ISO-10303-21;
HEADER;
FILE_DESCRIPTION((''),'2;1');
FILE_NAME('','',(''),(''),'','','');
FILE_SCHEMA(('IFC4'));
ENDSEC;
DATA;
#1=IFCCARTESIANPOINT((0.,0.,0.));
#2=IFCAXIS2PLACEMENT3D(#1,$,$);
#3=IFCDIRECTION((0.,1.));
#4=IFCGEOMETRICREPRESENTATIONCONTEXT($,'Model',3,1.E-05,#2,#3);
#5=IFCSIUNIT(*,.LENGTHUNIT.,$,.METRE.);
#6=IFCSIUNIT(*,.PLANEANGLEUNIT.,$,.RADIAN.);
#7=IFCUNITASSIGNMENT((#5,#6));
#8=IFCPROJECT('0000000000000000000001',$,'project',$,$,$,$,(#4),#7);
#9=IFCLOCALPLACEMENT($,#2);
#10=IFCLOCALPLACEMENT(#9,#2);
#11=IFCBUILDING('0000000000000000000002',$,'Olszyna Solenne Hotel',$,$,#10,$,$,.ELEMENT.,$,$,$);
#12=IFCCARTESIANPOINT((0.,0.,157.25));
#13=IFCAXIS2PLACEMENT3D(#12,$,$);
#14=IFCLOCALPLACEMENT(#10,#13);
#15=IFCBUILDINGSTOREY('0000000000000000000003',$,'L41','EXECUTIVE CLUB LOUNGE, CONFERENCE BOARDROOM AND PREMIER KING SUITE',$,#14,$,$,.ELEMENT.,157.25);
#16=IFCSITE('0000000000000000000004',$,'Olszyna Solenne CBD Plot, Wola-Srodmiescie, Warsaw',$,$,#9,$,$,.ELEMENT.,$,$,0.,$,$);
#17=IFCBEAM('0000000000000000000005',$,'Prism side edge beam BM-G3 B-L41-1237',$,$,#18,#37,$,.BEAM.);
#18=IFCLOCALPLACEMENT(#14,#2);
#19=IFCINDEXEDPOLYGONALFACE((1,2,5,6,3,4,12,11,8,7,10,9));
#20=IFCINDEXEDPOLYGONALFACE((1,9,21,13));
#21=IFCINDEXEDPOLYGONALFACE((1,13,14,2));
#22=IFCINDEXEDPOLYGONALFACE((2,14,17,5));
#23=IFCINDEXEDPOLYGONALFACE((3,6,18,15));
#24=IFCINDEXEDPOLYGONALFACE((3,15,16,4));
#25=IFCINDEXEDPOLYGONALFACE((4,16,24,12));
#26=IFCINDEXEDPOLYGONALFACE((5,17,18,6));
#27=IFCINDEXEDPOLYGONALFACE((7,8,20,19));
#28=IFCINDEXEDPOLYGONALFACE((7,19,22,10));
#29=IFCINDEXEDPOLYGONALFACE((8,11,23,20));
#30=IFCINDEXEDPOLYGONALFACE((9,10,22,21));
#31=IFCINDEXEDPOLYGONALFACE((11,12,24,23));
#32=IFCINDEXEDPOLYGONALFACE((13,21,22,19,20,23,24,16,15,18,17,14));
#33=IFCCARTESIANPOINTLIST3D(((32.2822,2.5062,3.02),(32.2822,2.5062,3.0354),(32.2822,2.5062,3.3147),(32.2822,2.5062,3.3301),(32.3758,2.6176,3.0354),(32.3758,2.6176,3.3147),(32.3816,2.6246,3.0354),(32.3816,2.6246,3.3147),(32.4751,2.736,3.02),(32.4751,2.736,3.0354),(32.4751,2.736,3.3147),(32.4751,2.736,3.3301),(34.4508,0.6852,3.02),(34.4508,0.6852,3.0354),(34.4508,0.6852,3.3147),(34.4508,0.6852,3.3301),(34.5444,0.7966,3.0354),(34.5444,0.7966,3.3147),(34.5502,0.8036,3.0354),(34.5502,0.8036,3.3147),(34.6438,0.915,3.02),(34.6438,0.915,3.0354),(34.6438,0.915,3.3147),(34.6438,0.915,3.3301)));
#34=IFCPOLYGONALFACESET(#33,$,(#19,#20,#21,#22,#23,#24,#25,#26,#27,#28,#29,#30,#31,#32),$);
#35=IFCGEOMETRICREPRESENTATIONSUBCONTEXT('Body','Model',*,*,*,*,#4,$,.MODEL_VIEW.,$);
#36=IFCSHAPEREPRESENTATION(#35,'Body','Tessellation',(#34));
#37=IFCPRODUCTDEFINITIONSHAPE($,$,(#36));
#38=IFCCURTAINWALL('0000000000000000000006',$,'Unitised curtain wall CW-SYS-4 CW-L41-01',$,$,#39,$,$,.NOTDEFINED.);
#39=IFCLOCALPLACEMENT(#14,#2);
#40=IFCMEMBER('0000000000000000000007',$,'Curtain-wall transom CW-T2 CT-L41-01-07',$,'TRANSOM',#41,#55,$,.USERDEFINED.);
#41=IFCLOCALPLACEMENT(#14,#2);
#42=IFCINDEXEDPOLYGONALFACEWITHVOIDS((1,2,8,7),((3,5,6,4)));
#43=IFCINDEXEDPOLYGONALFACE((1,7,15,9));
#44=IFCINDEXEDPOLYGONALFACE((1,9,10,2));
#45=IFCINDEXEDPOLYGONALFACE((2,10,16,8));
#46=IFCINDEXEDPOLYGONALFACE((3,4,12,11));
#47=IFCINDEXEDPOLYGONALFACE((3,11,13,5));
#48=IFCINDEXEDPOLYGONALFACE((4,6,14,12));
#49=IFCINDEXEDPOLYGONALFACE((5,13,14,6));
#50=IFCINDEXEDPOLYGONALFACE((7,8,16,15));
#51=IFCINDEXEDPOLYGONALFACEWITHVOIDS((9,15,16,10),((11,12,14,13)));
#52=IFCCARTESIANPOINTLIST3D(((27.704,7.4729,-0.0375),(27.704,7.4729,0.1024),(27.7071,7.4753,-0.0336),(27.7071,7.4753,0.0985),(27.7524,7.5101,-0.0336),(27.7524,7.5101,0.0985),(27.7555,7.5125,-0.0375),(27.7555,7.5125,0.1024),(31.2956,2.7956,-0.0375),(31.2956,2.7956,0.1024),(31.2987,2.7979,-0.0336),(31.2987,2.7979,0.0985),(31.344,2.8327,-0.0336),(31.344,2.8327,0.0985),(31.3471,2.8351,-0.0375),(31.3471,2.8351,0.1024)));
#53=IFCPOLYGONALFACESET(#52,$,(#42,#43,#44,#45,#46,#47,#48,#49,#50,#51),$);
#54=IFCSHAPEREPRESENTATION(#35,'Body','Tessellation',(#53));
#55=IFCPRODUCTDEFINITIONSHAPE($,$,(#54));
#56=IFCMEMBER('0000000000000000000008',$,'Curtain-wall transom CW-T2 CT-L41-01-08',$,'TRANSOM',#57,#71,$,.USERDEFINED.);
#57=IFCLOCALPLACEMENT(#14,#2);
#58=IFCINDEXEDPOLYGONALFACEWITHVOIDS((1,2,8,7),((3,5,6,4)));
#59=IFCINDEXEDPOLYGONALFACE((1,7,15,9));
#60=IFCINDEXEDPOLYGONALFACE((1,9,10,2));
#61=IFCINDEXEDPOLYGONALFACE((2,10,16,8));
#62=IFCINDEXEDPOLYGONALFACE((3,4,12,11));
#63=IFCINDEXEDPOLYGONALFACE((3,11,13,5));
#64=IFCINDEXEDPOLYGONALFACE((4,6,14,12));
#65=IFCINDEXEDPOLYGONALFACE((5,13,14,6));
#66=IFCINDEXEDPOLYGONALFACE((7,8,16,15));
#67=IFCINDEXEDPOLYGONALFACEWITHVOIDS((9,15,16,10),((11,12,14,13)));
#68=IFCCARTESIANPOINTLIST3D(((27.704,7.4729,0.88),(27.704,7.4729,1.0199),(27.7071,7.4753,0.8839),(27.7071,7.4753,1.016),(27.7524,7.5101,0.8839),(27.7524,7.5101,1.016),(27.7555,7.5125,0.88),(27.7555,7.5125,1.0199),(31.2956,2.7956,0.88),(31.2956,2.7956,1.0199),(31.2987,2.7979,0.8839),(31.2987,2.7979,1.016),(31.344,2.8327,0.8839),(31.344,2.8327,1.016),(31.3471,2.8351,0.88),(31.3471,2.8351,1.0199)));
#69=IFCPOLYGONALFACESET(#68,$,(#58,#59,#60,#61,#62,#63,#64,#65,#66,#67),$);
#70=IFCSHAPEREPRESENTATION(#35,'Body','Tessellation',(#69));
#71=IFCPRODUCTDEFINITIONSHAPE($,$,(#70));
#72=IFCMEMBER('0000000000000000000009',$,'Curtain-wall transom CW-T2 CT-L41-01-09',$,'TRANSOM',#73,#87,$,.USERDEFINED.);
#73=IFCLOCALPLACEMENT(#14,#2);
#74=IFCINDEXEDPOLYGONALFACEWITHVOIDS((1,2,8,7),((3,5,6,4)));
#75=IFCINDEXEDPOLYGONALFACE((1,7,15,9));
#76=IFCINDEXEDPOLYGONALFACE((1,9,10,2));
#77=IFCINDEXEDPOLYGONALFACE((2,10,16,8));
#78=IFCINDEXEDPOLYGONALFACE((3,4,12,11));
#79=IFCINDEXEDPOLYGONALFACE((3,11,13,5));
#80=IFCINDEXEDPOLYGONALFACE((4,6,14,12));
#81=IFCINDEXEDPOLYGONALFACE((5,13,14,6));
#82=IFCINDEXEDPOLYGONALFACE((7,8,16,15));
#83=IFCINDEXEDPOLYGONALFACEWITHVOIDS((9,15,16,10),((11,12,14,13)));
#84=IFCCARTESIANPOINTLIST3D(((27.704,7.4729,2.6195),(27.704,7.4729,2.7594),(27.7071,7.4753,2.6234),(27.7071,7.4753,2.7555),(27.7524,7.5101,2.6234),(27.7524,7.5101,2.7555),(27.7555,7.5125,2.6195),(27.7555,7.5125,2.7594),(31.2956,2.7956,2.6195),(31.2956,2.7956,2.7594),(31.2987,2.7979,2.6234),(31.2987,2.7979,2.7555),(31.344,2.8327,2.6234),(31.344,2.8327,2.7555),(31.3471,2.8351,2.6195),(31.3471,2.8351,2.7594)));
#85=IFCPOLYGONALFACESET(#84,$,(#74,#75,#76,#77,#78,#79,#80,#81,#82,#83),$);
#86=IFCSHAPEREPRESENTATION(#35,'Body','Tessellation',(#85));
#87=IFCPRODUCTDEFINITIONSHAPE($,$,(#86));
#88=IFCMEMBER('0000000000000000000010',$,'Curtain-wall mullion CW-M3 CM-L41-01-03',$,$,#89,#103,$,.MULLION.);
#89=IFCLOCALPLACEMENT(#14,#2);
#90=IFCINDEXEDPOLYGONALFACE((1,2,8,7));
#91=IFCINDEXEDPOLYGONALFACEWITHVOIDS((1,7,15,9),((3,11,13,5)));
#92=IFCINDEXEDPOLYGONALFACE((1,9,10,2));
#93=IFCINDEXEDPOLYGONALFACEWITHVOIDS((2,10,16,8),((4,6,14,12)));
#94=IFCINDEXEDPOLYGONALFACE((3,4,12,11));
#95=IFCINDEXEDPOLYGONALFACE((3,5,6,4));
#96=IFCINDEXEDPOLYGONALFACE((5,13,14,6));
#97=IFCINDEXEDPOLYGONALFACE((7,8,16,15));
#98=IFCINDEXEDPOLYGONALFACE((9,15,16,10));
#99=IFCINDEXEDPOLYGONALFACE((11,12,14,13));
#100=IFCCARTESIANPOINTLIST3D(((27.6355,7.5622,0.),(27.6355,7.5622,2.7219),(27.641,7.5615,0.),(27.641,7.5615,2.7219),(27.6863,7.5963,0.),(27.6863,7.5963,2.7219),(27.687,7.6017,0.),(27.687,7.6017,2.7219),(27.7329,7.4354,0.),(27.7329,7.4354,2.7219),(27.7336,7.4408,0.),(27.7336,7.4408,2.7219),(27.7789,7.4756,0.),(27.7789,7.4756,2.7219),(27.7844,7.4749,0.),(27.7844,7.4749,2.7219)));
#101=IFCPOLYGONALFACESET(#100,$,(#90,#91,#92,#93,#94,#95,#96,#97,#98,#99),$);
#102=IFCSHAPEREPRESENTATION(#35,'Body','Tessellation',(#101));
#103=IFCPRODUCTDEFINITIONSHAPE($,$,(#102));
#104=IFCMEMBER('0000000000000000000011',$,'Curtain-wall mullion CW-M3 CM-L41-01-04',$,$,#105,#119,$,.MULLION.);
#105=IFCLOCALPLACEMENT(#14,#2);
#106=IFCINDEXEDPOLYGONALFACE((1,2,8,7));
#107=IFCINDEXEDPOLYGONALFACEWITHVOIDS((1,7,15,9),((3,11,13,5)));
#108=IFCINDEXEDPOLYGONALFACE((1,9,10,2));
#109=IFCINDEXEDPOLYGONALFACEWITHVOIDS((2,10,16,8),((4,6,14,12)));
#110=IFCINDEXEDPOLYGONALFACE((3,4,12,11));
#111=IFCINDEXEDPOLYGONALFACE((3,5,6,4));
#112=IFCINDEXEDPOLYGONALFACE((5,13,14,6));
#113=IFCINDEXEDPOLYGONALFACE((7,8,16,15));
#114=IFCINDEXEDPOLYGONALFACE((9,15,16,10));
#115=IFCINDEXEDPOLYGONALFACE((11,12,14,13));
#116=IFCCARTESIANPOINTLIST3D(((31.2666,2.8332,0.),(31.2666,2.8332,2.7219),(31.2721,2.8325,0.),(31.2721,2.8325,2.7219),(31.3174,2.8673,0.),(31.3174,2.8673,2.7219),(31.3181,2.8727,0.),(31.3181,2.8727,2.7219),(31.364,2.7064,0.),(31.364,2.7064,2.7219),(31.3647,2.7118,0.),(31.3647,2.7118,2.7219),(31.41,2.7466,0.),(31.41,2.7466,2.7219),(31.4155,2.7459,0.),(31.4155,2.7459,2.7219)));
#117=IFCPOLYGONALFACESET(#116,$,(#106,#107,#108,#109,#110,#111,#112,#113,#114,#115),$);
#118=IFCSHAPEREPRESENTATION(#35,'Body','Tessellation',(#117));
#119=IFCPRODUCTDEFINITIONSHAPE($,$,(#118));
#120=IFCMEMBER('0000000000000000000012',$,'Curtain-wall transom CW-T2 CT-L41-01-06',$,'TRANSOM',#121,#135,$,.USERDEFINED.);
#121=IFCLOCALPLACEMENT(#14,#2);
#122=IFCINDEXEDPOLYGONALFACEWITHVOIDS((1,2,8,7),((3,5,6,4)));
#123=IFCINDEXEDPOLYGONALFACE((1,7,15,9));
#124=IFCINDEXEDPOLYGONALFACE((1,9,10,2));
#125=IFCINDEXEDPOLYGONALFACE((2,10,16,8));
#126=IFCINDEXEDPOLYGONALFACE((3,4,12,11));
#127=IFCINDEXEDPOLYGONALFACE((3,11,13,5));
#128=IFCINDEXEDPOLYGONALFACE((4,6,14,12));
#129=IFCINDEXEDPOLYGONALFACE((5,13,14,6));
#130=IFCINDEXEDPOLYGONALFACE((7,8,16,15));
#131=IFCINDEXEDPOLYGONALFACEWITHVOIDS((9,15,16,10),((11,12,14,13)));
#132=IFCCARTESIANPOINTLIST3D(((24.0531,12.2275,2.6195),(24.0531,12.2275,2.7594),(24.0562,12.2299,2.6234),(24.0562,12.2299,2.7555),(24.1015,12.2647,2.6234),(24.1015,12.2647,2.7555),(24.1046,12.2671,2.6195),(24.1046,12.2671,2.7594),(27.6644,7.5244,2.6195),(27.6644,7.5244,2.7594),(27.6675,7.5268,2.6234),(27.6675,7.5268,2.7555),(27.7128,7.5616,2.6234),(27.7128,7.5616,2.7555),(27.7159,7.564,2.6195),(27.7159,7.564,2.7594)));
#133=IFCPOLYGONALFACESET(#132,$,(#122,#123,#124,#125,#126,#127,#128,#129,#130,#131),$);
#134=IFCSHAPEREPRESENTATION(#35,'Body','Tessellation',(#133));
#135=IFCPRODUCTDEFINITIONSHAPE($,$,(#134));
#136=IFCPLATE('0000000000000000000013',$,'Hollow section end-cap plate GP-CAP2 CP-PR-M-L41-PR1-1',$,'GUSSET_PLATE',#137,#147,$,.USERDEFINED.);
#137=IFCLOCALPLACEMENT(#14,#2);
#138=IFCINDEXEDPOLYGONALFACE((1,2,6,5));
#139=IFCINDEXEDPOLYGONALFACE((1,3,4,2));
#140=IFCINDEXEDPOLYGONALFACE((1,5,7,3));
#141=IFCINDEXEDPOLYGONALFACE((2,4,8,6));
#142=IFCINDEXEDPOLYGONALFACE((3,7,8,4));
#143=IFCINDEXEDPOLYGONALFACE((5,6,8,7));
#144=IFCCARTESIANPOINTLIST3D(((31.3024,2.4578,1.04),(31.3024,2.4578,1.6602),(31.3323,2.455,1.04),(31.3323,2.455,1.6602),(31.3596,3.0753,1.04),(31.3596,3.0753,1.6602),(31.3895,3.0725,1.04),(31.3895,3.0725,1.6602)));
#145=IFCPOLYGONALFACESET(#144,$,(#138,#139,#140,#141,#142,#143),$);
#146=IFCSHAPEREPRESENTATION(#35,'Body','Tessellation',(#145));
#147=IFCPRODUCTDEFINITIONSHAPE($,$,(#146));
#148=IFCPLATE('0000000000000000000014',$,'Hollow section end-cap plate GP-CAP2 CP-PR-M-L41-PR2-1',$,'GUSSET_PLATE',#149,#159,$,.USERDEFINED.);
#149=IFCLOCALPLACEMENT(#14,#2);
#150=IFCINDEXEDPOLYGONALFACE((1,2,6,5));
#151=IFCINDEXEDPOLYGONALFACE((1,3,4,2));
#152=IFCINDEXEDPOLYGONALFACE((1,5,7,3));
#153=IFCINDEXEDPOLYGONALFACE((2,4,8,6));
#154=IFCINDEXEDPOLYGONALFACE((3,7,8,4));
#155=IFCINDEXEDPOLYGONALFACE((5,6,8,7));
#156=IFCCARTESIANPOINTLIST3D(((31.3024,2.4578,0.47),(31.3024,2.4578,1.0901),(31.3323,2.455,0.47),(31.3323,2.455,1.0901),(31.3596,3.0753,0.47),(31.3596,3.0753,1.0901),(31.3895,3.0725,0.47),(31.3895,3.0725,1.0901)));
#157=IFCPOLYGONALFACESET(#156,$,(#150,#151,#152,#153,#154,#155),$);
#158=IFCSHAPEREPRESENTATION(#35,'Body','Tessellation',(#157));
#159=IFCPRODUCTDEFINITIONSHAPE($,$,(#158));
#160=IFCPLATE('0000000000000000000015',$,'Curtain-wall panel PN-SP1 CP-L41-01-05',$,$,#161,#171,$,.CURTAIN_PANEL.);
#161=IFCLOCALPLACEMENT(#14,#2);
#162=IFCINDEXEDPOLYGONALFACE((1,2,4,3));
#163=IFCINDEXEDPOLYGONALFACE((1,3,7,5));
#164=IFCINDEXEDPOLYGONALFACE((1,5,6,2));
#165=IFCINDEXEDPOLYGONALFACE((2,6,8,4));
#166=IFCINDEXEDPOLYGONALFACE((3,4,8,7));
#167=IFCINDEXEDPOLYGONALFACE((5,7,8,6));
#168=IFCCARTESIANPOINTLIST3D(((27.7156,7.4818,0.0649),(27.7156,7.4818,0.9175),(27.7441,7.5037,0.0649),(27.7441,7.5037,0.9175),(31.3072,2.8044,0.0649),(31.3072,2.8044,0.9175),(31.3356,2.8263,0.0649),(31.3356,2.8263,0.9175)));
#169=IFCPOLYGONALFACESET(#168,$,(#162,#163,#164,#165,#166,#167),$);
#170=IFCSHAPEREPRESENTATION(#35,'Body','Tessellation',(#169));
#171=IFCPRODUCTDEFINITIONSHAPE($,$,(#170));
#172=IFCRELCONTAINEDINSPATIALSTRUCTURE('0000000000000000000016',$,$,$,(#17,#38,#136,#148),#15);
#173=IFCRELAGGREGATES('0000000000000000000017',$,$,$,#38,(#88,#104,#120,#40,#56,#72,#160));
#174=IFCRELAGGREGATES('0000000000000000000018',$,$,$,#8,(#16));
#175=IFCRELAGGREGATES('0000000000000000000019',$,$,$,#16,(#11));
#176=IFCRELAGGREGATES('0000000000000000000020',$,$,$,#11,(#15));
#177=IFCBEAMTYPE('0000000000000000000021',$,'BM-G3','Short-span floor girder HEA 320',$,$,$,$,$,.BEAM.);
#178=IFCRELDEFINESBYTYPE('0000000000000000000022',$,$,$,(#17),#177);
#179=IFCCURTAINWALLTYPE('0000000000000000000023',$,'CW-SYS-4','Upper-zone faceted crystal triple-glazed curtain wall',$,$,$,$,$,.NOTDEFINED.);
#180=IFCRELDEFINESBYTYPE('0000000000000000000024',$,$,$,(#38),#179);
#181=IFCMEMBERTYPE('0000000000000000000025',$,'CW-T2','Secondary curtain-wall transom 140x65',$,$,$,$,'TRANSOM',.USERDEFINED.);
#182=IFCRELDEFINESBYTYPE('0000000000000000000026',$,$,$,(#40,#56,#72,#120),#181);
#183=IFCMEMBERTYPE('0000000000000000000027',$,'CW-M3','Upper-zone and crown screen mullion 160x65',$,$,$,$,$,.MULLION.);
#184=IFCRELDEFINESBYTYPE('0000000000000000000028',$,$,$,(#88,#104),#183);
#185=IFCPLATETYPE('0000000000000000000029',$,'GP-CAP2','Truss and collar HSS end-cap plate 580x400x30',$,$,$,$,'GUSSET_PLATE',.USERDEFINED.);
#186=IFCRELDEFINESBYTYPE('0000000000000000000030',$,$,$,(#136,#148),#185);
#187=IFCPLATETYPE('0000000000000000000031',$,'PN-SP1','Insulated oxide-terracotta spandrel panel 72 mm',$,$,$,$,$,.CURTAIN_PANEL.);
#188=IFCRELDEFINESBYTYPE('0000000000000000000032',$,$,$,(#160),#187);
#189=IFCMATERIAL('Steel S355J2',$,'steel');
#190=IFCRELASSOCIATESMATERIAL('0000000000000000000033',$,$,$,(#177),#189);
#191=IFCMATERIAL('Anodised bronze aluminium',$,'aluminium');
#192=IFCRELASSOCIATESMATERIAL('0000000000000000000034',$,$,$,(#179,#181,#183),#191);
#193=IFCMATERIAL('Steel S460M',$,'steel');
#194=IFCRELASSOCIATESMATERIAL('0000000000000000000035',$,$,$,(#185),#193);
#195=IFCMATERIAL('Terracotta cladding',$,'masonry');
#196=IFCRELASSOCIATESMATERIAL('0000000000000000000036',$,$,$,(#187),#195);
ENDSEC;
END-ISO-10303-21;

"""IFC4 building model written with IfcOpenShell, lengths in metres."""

from ifc_helpers import new_model, si_unit, direction, frame, origin, origin_2d, place, context, subcontext, project, spatial, rectangle, hollow_rectangle, i_section, extrude, source, transform, mapped, material, material_profile, profile_set, type_object, element, aggregate, save


model = new_model("IFC4")

# Units and contexts
model_context = context("Model", 3, precision=1e-05, world=origin(), true_north=direction((0.0, 1.0)))
body_context = subcontext(model_context, "Body", "Model", "MODEL_VIEW")
ifc_project = project(units=[si_unit("LENGTHUNIT", "METRE"), si_unit("PLANEANGLEUNIT", "RADIAN")], contexts=[model_context])

# Site, building, storey
site_placement = place(None, origin())
site = spatial("IfcSite", under=ifc_project, at=site_placement, Name="Olszyna Solenne CBD Plot, Wola-Srodmiescie, Warsaw", CompositionType="ELEMENT", RefElevation=0.0)
building_placement = place(site_placement, origin())
building = spatial("IfcBuilding", under=site, at=building_placement, Name="Olszyna Solenne Hotel", CompositionType="ELEMENT")
storey_placement = place(building_placement, frame((0.0, 0.0, 157.25)))
storey = spatial("IfcBuildingStorey", under=building, at=storey_placement, Name="L41", Description="EXECUTIVE CLUB LOUNGE, CONFERENCE BOARDROOM AND PREMIER KING SUITE", CompositionType="ELEMENT", Elevation=157.25)

# Shared definitions
ifc_material_1 = material(Name="Steel S460M", Category="steel")

# Shared definitions
ifc_material_2 = material(Name="Steel S355J2", Category="steel")

# Beam
ifc_material_profile_1 = material_profile(ifc_material_2, i_section(OverallWidth=0.3, OverallDepth=0.3101, WebThickness=0.009, FlangeThickness=0.0154, at=origin_2d()), Name="HEA 320", Category="load-bearing")
ifc_profile_set_1 = profile_set([ifc_material_profile_1], Name="Steel S355J2")
beam_type_1 = type_object("IfcBeamType", Name="BM-G3", Description="Short-span floor girder HEA 320", PredefinedType="BEAM", material=ifc_profile_set_1)
shared_shape_1 = source(origin(), body_context, "Body", "SweptSolid", [
    extrude(i_section(OverallWidth=0.3, OverallDepth=0.3101, WebThickness=0.009, FlangeThickness=0.0154, at=origin_2d()), origin(), (0.0, 0.0, 1.0), 2.8318),
])
beam_1_placement = place(storey_placement, frame((32.3787, 2.6211, 3.175), z_axis=(0.76582, -0.643055, 0.0), x_axis=(0.643055, 0.76582, 0.0)))
element("IfcBeam", 1, at=beam_1_placement, inside=storey, type_object=beam_type_1, Name="Prism side edge beam BM-G3 B-L41-1237", PredefinedType="BEAM", context=body_context, shape_type="MappedRepresentation", body=[
    mapped(shared_shape_1, transform((0.0, 0.0, 0.0), x_axis=(1.0, 0.0, 0.0), y_axis=(0.0, 1.0, 0.0), z_axis=(0.0, 0.0, 1.0), scale=1.0)),
])

# Curtain wall, members
ifc_material_3 = material(Name="Anodised bronze aluminium", Category="aluminium")
curtain_wall_type = type_object("IfcCurtainWallType", Name="CW-SYS-4", Description="Upper-zone faceted crystal triple-glazed curtain wall", PredefinedType="NOTDEFINED", material=ifc_material_3)
curtain_wall_placement = place(storey_placement, origin())
curtain_wall = element("IfcCurtainWall", 2, at=curtain_wall_placement, inside=storey, type_object=curtain_wall_type, Name="Unitised curtain wall CW-SYS-4 CW-L41-01", PredefinedType="NOTDEFINED")
ifc_material_profile_2 = material_profile(ifc_material_3, hollow_rectangle(XDim=0.0649, YDim=0.1399, WallThickness=0.0039, at=origin_2d()), Name="TRAN 140x65x4", Category="load-bearing")
ifc_profile_set_2 = profile_set([ifc_material_profile_2], Name="Anodised bronze aluminium")
member_type_1 = type_object("IfcMemberType", Name="CW-T2", Description="Secondary curtain-wall transom 140x65", ElementType="TRANSOM", PredefinedType="USERDEFINED", material=ifc_profile_set_2)
shared_shape_2 = source(origin(), body_context, "Body", "SweptSolid", [
    extrude(hollow_rectangle(XDim=0.0649, YDim=0.1399, WallThickness=0.0039, at=origin_2d()), origin(), (0.0, 0.0, 1.0), 5.8972),
])
member_1_placement = place(storey_placement, frame((27.7297, 7.4927, 0.0325), z_axis=(0.609036, -0.793142, 0.0), x_axis=(0.793142, 0.609036, 0.0)))
member_1 = element("IfcMember", 3, at=member_1_placement, type_object=member_type_1, Name="Curtain-wall transom CW-T2 CT-L41-01-07", ObjectType="TRANSOM", PredefinedType="USERDEFINED", context=body_context, shape_type="MappedRepresentation", body=[
    mapped(shared_shape_2, transform((0.0, 0.0, 0.0), x_axis=(1.0, 0.0, 0.0), y_axis=(0.0, 1.0, 0.0), z_axis=(0.0, 0.0, 1.0), scale=1.0)),
])
member_2_placement = place(storey_placement, frame((27.7297, 7.4927, 0.95), z_axis=(0.609036, -0.793142, 0.0), x_axis=(0.793142, 0.609036, 0.0)))
member_2 = element("IfcMember", 4, at=member_2_placement, type_object=member_type_1, Name="Curtain-wall transom CW-T2 CT-L41-01-08", ObjectType="TRANSOM", PredefinedType="USERDEFINED", context=body_context, shape_type="MappedRepresentation", body=[
    mapped(shared_shape_2, transform((0.0, 0.0, 0.0), x_axis=(1.0, 0.0, 0.0), y_axis=(0.0, 1.0, 0.0), z_axis=(0.0, 0.0, 1.0), scale=1.0)),
])
member_3_placement = place(storey_placement, frame((27.7297, 7.4927, 2.6895), z_axis=(0.609036, -0.793142, 0.0), x_axis=(0.793142, 0.609036, 0.0)))
member_3 = element("IfcMember", 5, at=member_3_placement, type_object=member_type_1, Name="Curtain-wall transom CW-T2 CT-L41-01-09", ObjectType="TRANSOM", PredefinedType="USERDEFINED", context=body_context, shape_type="MappedRepresentation", body=[
    mapped(shared_shape_2, transform((0.0, 0.0, 0.0), x_axis=(1.0, 0.0, 0.0), y_axis=(0.0, 1.0, 0.0), z_axis=(0.0, 0.0, 1.0), scale=1.0)),
])
ifc_material_profile_3 = material_profile(ifc_material_3, hollow_rectangle(XDim=0.0649, YDim=0.1599, WallThickness=0.0039, at=origin_2d()), Name="MULL 160x65x4", Category="load-bearing")
ifc_profile_set_3 = profile_set([ifc_material_profile_3], Name="Anodised bronze aluminium")
member_type_2 = type_object("IfcMemberType", Name="CW-M3", Description="Upper-zone and crown screen mullion 160x65", PredefinedType="MULLION", material=ifc_profile_set_3)
shared_shape_3 = source(origin(), body_context, "Body", "SweptSolid", [
    extrude(hollow_rectangle(XDim=0.0649, YDim=0.1599, WallThickness=0.0039, at=origin_2d()), origin(), (0.0, 0.0, 1.0), 2.7219),
])
member_4_placement = place(storey_placement, frame((27.71, 7.5186, 0.0), z_axis=(0.0, 0.0, 1.0), x_axis=(0.79315, 0.609026, 0.0)))
member_4 = element("IfcMember", 6, at=member_4_placement, type_object=member_type_2, Name="Curtain-wall mullion CW-M3 CM-L41-01-03", PredefinedType="MULLION", context=body_context, shape_type="MappedRepresentation", body=[
    mapped(shared_shape_3, transform((0.0, 0.0, 0.0), x_axis=(1.0, 0.0, 0.0), y_axis=(0.0, 1.0, 0.0), z_axis=(0.0, 0.0, 1.0), scale=1.0)),
])
member_5_placement = place(storey_placement, frame((31.3411, 2.7896, 0.0), z_axis=(0.0, 0.0, 1.0), x_axis=(0.79315, 0.609026, 0.0)))
member_5 = element("IfcMember", 7, at=member_5_placement, type_object=member_type_2, Name="Curtain-wall mullion CW-M3 CM-L41-01-04", PredefinedType="MULLION", context=body_context, shape_type="MappedRepresentation", body=[
    mapped(shared_shape_3, transform((0.0, 0.0, 0.0), x_axis=(1.0, 0.0, 0.0), y_axis=(0.0, 1.0, 0.0), z_axis=(0.0, 0.0, 1.0), scale=1.0)),
])
shared_shape_4 = source(origin(), body_context, "Body", "SweptSolid", [
    extrude(hollow_rectangle(XDim=0.0649, YDim=0.1399, WallThickness=0.0039, at=origin_2d()), origin(), (0.0, 0.0, 1.0), 5.9297),
])
member_6_placement = place(storey_placement, frame((24.0789, 12.2473, 2.6895), z_axis=(0.609026, -0.79315, 0.0), x_axis=(0.79315, 0.609026, 0.0)))
member_6 = element("IfcMember", 8, at=member_6_placement, type_object=member_type_1, Name="Curtain-wall transom CW-T2 CT-L41-01-06", ObjectType="TRANSOM", PredefinedType="USERDEFINED", context=body_context, shape_type="MappedRepresentation", body=[
    mapped(shared_shape_4, transform((0.0, 0.0, 0.0), x_axis=(1.0, 0.0, 0.0), y_axis=(0.0, 1.0, 0.0), z_axis=(0.0, 0.0, 1.0), scale=1.0)),
])

# Plates
plate_type_1 = type_object("IfcPlateType", Name="GP-CAP2", Description="Truss and collar HSS end-cap plate 580x400x30", ElementType="GUSSET_PLATE", PredefinedType="USERDEFINED", material=ifc_material_1)
shared_shape_5 = source(origin(), body_context, "Body", "SweptSolid", [
    extrude(rectangle(XDim=0.03, YDim=0.6201, at=origin_2d()), origin(), (0.0, 0.0, 1.0), 0.6201),
])
for number, where, z_axis, x_axis, name in (
    (9, (31.3459, 2.7651, 1.04), (0.0, 0.0, 1.0), (0.995725, -0.092371, 0.0), "Hollow section end-cap plate GP-CAP2 CP-PR-M-L41-PR1-1"),
    (10, (31.3459, 2.7651, 0.47), (0.0, 0.0, 1.0), (0.995725, -0.092371, 0.0), "Hollow section end-cap plate GP-CAP2 CP-PR-M-L41-PR2-1"),
):
    element("IfcPlate", number, at=place(storey_placement, frame(where, z_axis=z_axis, x_axis=x_axis)), inside=storey, type_object=plate_type_1, Name=name, ObjectType="GUSSET_PLATE", PredefinedType="USERDEFINED", context=body_context, shape_type="MappedRepresentation", body=[
        mapped(shared_shape_5, transform((0.0, 0.0, 0.0), x_axis=(1.0, 0.0, 0.0), y_axis=(0.0, 1.0, 0.0), z_axis=(0.0, 0.0, 1.0), scale=1.0)),
    ])

# Plate
ifc_material_4 = material(Name="Terracotta cladding", Category="masonry")
plate_type_2 = type_object("IfcPlateType", Name="PN-SP1", Description="Insulated oxide-terracotta spandrel panel 72 mm", PredefinedType="CURTAIN_PANEL", material=ifc_material_4)
shared_shape_6 = source(origin(), body_context, "Body", "SweptSolid", [
    extrude(rectangle(XDim=5.8972, YDim=0.0359, at=origin_2d()), origin(), (0.0, 0.0, 1.0), 0.8525),
])
plate_1_placement = place(storey_placement, frame((29.5256, 5.1541, 0.0649), z_axis=(0.0, 0.0, 1.0), x_axis=(0.609026, -0.79315, 0.0)))
plate_1 = element("IfcPlate", 11, at=plate_1_placement, type_object=plate_type_2, Name="Curtain-wall panel PN-SP1 CP-L41-01-05", PredefinedType="CURTAIN_PANEL", context=body_context, shape_type="MappedRepresentation", body=[
    mapped(shared_shape_6, transform((0.0, 0.0, 0.0), x_axis=(1.0, 0.0, 0.0), y_axis=(0.0, 1.0, 0.0), z_axis=(0.0, 0.0, 1.0), scale=1.0)),
])
aggregate(curtain_wall, [member_4, member_5, member_6, member_1, member_2, member_3, plate_1])

save(model, "model.ifc")
